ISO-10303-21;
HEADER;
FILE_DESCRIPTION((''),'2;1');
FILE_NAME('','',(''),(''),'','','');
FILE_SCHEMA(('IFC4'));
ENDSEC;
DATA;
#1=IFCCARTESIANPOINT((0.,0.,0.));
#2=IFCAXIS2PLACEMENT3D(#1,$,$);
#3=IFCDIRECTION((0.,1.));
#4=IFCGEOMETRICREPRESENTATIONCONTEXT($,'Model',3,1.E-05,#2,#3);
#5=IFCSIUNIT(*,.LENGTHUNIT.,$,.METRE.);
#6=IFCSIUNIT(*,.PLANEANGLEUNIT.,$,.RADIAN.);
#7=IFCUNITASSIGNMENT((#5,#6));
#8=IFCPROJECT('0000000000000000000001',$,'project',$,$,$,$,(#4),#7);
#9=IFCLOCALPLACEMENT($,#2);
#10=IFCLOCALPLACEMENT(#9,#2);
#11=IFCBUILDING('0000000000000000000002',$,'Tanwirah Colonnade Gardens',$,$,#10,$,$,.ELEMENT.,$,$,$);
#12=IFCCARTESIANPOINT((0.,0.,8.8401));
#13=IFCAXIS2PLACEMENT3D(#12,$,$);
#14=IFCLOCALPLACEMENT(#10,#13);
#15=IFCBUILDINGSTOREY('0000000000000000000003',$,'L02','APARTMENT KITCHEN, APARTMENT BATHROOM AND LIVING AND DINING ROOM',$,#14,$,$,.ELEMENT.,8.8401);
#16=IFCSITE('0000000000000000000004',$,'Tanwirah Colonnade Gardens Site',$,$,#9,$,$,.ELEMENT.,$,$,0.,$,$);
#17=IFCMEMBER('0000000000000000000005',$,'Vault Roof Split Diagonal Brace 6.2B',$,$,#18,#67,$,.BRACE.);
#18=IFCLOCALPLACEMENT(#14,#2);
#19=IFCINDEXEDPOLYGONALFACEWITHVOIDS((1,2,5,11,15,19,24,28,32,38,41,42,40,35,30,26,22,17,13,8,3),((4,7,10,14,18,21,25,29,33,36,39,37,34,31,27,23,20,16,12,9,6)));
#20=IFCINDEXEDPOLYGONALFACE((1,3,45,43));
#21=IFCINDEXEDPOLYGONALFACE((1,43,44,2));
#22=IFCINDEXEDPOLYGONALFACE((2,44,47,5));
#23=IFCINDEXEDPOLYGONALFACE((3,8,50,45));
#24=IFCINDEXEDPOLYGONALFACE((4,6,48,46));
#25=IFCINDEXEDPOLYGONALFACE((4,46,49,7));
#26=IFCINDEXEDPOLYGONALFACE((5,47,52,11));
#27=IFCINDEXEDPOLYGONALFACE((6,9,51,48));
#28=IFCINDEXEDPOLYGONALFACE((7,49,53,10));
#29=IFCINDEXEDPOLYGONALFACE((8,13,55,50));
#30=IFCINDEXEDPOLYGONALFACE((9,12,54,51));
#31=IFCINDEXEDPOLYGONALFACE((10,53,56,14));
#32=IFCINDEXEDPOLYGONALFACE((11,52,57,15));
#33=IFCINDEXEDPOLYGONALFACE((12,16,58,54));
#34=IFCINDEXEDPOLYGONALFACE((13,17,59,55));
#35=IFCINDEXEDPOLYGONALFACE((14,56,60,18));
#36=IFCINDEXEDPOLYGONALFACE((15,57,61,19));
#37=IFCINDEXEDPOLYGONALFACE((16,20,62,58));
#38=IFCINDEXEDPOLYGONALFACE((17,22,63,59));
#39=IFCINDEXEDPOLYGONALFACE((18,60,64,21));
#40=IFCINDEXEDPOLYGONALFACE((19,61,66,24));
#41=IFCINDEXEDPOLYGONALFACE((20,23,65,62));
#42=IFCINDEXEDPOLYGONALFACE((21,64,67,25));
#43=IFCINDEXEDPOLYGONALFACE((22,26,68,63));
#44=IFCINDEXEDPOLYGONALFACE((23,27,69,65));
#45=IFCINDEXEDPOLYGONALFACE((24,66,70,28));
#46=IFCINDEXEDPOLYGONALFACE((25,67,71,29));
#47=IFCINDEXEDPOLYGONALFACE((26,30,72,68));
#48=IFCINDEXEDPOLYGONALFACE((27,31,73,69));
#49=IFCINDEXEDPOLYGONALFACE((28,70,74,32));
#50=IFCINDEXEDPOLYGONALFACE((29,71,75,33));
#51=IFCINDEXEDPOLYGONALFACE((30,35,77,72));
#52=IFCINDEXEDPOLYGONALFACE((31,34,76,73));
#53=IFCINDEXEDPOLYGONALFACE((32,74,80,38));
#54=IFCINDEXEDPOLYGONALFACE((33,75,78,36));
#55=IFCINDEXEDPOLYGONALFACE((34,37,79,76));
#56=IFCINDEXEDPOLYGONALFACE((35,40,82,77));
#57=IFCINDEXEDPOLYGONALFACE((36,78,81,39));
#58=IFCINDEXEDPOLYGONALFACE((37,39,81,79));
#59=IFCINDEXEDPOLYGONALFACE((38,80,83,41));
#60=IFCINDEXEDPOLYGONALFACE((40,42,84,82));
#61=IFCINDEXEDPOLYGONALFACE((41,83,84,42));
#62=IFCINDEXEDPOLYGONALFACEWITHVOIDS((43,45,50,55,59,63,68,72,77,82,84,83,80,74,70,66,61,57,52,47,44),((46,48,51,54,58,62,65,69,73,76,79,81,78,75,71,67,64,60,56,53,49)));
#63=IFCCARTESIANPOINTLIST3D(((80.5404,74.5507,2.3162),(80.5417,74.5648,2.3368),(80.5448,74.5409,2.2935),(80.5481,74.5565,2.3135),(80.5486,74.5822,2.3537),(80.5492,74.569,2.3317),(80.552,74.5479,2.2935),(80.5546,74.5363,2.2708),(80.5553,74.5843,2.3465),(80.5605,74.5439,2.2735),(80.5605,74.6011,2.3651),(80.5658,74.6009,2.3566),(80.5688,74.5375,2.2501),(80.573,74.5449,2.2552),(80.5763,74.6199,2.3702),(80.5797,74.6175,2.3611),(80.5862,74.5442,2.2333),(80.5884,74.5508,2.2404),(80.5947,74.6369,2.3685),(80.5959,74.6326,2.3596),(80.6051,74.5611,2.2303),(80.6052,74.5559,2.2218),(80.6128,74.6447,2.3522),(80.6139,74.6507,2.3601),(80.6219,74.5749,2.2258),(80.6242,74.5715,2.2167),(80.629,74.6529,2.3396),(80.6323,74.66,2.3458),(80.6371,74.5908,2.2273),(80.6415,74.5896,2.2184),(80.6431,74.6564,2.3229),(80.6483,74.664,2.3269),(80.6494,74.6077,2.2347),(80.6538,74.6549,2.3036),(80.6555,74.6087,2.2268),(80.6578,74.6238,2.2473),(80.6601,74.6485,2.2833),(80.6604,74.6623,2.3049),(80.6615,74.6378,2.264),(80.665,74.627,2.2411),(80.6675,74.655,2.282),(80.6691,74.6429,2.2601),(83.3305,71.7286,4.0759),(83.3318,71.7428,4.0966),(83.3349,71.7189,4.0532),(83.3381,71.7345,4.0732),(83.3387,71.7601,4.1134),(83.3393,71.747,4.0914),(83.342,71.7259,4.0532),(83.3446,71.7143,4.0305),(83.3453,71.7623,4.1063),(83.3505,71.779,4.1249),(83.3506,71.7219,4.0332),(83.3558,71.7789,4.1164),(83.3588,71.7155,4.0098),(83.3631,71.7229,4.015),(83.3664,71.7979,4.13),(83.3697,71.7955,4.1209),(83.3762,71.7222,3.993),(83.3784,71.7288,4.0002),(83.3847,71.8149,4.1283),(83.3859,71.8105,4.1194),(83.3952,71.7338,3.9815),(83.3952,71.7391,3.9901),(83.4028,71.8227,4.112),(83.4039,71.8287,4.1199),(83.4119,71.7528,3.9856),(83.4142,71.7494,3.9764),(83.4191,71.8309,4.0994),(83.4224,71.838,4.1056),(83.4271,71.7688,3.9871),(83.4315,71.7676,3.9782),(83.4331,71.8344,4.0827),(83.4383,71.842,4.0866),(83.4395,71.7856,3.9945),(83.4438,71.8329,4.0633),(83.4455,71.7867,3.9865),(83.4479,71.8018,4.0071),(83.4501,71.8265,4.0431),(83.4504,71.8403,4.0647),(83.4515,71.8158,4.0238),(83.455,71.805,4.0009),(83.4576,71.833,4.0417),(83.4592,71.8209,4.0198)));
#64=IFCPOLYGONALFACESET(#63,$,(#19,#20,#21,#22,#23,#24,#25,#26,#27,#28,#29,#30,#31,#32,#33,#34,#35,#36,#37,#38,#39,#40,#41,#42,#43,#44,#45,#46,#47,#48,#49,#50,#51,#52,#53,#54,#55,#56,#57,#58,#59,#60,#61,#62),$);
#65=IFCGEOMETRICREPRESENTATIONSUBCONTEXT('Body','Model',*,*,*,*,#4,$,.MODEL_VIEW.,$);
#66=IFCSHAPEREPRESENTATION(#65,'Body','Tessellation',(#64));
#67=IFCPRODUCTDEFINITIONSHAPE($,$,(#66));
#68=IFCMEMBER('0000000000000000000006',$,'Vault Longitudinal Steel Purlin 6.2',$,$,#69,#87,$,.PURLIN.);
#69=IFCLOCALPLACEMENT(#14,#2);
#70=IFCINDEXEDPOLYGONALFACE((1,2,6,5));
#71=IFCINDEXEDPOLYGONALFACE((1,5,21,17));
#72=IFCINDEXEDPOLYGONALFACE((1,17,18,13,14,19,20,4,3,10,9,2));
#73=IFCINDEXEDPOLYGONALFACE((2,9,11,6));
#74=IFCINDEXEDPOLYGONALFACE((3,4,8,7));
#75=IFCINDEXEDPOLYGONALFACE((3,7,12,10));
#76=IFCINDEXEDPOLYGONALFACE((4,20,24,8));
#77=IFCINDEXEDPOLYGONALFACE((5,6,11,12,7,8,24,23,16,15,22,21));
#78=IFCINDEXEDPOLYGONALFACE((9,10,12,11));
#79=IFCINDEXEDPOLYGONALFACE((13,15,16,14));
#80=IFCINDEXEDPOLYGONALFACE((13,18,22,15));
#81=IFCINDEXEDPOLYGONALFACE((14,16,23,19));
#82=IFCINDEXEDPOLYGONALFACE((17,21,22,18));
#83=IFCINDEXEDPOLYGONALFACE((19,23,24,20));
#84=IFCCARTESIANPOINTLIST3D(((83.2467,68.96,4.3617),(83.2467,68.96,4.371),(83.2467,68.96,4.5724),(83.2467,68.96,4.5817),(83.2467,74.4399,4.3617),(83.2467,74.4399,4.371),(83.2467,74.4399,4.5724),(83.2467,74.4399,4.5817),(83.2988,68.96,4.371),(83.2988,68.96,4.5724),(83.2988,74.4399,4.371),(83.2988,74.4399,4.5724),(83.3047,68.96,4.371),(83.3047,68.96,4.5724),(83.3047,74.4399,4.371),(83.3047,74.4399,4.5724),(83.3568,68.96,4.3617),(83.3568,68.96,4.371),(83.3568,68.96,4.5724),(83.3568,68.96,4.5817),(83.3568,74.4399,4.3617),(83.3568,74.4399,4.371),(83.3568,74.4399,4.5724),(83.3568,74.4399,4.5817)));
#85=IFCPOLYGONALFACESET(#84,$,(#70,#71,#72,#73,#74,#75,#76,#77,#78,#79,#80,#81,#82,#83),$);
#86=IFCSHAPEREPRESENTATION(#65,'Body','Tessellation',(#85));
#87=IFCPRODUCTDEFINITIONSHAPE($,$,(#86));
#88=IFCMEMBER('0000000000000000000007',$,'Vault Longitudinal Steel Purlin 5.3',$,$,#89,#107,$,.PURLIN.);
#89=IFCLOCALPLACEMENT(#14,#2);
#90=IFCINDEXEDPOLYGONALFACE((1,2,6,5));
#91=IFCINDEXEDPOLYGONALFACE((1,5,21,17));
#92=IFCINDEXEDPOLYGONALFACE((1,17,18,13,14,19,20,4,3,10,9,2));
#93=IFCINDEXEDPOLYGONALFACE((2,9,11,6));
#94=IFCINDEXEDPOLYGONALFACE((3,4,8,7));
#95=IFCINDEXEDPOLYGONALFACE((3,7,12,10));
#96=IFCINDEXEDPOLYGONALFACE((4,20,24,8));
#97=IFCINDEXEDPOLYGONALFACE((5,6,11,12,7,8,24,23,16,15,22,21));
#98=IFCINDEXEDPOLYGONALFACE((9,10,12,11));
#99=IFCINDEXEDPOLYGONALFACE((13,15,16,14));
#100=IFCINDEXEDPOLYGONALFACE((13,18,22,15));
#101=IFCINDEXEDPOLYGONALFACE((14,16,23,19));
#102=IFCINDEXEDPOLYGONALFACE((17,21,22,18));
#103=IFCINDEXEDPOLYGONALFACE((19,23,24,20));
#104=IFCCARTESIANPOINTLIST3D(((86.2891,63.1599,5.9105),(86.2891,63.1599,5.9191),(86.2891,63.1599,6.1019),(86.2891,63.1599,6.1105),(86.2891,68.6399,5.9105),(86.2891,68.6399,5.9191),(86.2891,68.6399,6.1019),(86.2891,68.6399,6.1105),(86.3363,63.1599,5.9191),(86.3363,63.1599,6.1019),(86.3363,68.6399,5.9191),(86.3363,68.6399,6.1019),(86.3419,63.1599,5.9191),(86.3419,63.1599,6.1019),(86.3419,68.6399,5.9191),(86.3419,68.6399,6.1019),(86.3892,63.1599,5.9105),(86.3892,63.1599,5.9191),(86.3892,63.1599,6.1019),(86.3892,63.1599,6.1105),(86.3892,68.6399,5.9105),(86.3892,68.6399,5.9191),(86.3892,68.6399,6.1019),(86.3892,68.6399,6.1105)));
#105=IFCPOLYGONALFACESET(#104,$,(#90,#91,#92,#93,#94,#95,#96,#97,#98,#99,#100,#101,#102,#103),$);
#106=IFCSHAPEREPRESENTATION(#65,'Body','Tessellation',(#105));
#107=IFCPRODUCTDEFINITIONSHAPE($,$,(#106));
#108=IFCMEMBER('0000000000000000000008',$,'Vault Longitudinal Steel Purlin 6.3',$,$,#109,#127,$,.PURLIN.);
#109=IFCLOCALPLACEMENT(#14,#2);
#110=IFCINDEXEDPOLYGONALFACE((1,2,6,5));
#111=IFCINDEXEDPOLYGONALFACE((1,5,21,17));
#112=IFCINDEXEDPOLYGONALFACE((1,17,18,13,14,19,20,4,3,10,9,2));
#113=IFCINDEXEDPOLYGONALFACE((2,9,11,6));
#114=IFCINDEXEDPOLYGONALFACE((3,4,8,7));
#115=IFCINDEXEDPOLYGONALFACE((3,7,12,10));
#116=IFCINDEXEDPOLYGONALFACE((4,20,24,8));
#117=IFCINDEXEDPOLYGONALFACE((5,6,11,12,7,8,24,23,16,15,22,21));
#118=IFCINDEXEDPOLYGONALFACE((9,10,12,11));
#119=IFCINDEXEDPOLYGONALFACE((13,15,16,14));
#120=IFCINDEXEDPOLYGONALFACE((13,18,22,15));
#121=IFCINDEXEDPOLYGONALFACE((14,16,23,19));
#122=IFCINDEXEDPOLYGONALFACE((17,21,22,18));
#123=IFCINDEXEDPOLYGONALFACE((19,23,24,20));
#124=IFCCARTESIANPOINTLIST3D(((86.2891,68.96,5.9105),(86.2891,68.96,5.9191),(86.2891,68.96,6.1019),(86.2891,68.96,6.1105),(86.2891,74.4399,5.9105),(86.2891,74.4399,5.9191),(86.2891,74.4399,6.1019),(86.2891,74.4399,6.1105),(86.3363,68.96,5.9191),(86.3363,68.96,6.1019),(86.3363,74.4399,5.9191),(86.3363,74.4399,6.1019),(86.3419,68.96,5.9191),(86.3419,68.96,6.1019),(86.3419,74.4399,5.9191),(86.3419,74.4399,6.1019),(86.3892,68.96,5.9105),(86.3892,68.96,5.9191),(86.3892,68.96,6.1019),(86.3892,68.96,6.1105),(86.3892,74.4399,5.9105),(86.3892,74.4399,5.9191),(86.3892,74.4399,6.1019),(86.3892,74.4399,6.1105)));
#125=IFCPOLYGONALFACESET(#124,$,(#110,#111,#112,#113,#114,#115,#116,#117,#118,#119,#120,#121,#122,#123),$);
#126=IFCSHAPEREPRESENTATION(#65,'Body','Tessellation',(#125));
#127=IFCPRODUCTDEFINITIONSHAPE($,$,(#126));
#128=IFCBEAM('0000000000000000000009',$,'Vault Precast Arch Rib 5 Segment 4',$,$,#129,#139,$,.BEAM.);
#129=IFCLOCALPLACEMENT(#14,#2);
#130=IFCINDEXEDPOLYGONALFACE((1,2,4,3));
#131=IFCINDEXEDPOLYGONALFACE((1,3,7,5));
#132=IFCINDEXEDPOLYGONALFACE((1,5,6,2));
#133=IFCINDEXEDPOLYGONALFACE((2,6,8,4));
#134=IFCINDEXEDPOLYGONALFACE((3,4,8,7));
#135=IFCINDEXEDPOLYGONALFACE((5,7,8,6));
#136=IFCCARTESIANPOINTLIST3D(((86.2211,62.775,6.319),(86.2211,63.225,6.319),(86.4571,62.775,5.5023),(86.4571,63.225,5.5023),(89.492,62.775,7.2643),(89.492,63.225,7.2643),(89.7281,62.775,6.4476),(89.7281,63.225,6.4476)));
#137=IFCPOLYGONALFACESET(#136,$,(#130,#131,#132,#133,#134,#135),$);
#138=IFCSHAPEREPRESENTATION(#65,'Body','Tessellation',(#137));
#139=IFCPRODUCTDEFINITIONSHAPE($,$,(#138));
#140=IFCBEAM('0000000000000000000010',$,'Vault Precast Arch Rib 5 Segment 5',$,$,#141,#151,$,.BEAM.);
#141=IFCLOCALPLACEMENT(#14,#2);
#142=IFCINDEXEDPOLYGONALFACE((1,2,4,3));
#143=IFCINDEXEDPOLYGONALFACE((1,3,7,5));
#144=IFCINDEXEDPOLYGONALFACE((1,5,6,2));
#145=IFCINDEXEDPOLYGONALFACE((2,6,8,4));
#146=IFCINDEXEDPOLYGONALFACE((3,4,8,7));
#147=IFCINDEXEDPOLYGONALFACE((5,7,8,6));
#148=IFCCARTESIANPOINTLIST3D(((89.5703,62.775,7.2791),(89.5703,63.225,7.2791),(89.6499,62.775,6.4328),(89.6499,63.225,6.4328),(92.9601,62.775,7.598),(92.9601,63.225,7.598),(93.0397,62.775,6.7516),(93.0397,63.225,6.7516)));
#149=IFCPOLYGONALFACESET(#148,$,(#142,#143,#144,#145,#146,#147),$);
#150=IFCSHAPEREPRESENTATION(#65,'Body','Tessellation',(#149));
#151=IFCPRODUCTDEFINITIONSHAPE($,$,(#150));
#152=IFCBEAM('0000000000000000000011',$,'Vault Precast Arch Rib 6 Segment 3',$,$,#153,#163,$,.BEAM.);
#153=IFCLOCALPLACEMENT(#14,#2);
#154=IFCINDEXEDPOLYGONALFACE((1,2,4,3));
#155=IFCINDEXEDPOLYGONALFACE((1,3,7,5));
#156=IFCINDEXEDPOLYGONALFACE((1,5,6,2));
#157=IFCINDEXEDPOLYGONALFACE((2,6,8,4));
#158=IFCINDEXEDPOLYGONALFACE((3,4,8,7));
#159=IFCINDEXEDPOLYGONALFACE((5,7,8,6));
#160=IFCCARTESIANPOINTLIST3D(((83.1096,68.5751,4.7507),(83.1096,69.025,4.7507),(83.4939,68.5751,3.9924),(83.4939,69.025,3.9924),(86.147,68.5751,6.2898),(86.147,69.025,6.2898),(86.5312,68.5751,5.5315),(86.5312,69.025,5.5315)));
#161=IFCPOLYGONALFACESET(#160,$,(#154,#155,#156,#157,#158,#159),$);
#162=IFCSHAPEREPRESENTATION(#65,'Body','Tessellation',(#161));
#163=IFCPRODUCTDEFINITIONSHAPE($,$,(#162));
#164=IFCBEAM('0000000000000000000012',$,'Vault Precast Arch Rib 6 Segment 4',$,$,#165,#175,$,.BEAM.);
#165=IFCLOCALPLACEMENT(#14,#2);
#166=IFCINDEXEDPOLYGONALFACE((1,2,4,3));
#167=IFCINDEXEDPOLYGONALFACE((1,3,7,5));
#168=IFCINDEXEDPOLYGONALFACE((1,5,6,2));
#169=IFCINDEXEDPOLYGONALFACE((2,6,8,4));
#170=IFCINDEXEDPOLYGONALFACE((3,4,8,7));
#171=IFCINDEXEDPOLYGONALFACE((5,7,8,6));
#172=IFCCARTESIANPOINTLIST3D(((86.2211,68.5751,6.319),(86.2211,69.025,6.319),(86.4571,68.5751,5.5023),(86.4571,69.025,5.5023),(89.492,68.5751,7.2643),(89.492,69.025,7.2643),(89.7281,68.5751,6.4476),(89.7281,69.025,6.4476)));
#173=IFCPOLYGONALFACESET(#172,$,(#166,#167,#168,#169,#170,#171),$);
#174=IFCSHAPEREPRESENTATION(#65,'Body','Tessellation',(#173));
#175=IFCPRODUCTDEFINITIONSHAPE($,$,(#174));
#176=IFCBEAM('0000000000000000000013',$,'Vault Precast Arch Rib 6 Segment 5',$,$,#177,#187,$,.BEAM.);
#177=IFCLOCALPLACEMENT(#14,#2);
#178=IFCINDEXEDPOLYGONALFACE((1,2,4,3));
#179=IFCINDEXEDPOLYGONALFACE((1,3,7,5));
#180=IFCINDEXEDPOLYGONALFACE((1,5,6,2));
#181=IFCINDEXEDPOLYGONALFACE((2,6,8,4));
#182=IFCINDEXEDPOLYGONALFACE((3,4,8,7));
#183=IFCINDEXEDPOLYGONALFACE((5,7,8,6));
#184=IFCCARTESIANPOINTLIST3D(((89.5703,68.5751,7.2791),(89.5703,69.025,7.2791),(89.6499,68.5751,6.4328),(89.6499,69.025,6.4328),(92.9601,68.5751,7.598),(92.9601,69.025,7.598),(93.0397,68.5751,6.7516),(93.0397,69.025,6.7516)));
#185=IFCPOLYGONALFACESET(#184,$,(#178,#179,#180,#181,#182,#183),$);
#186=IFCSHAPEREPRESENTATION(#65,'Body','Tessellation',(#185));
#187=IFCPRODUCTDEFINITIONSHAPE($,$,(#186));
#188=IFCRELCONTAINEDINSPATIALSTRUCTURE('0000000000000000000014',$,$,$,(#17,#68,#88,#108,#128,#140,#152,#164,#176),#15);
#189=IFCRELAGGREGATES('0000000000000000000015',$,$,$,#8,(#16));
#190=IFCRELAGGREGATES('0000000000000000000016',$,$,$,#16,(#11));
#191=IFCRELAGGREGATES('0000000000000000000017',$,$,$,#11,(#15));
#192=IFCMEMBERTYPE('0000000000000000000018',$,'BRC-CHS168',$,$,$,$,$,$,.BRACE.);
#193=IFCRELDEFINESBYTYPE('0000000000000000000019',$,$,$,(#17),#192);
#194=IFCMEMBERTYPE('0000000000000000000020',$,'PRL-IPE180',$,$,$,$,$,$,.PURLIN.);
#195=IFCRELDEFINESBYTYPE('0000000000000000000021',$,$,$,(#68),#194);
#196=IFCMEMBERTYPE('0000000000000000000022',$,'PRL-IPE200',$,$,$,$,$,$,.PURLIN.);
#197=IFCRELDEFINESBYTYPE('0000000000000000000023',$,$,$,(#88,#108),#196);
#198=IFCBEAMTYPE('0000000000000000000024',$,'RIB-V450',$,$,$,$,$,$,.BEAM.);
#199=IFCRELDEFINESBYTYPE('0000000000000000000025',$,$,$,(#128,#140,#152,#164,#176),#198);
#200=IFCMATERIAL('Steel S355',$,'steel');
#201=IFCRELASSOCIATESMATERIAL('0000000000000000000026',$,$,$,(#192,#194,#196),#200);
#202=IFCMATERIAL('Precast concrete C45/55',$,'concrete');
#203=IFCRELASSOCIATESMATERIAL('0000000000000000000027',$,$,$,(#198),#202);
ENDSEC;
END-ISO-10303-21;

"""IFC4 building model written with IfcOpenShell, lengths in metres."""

from ifc_helpers import new_model, si_unit, direction, frame, origin, origin_2d, place, context, subcontext, project, spatial, rectangle, hollow_circle, i_section, extrude, material, material_profile, profile_set, type_object, element, save


model = new_model("IFC4")

# Units and contexts
model_context = context("Model", 3, precision=1e-05, world=origin(), true_north=direction((0.0, 1.0)))
body_context = subcontext(model_context, "Body", "Model", "MODEL_VIEW")
ifc_project = project(units=[si_unit("LENGTHUNIT", "METRE"), si_unit("PLANEANGLEUNIT", "RADIAN")], contexts=[model_context])

# Site, building, storey
site_placement = place(None, origin())
site = spatial("IfcSite", under=ifc_project, at=site_placement, Name="Tanwirah Colonnade Gardens Site", CompositionType="ELEMENT", RefElevation=0.0)
building_placement = place(site_placement, origin())
building = spatial("IfcBuilding", under=site, at=building_placement, Name="Tanwirah Colonnade Gardens", CompositionType="ELEMENT")
storey_placement = place(building_placement, frame((0.0, 0.0, 8.8401)))
storey = spatial("IfcBuildingStorey", under=building, at=storey_placement, Name="L02", Description="APARTMENT KITCHEN, APARTMENT BATHROOM AND LIVING AND DINING ROOM", CompositionType="ELEMENT", Elevation=8.8401)

# Members
ifc_material_1 = material(Name="Steel S355", Category="steel")
ifc_material_profile_1 = material_profile(ifc_material_1, hollow_circle(Radius=0.0842, WallThickness=0.01, at=origin_2d()), Name="CHS 168.3x10")
ifc_profile_set_1 = profile_set([ifc_material_profile_1], Name="Steel S355")
member_type_1 = type_object("IfcMemberType", Name="BRC-CHS168", PredefinedType="BRACE", material=ifc_profile_set_1)
for number, where, z_axis, x_axis, name in (
    (1, (83.3948, 71.7781, 4.0532), (-0.642708, 0.650075, -0.405376), (-0.711125, -0.703066, 0.0), "Vault Roof Split Diagonal Brace 6.2B"),
):
    element("IfcMember", number, at=place(storey_placement, frame(where, z_axis=z_axis, x_axis=x_axis)), inside=storey, type_object=member_type_1, Name=name, PredefinedType="BRACE", context=body_context, shape_type="SweptSolid", body=[
        extrude(hollow_circle(Radius=0.0842, WallThickness=0.01, at=origin_2d()), origin(), (0.0, 0.0, 1.0), 4.3411),
    ])
ifc_material_profile_2 = material_profile(ifc_material_1, i_section(OverallWidth=0.1101, OverallDepth=0.22, WebThickness=0.0059, FlangeThickness=0.0093, at=origin_2d()), Name="IPE 220")
ifc_profile_set_2 = profile_set([ifc_material_profile_2], Name="Steel S355")
member_type_2 = type_object("IfcMemberType", Name="PRL-IPE180", PredefinedType="PURLIN", material=ifc_profile_set_2)
member_1_placement = place(storey_placement, frame((83.3018, 68.96, 4.4717), z_axis=(0.0, 1.0, 0.0), x_axis=(-1.0, 0.0, 0.0)))
element("IfcMember", 2, at=member_1_placement, inside=storey, type_object=member_type_2, Name="Vault Longitudinal Steel Purlin 6.2", PredefinedType="PURLIN", context=body_context, shape_type="SweptSolid", body=[
    extrude(i_section(OverallWidth=0.1101, OverallDepth=0.22, WebThickness=0.0059, FlangeThickness=0.0093, at=origin_2d()), origin(), (0.0, 0.0, 1.0), 5.48),
])
ifc_material_profile_3 = material_profile(ifc_material_1, i_section(OverallWidth=0.1001, OverallDepth=0.2, WebThickness=0.0056, FlangeThickness=0.0085, at=origin_2d()), Name="IPE 200")
ifc_profile_set_3 = profile_set([ifc_material_profile_3], Name="Steel S355")
member_type_3 = type_object("IfcMemberType", Name="PRL-IPE200", PredefinedType="PURLIN", material=ifc_profile_set_3)
for number, where, z_axis, x_axis, name in (
    (3, (86.3391, 63.1599, 6.0105), (0.0, 1.0, 0.0), (-1.0, 0.0, 0.0), "Vault Longitudinal Steel Purlin 5.3"),
    (4, (86.3391, 68.96, 6.0105), (0.0, 1.0, 0.0), (-1.0, 0.0, 0.0), "Vault Longitudinal Steel Purlin 6.3"),
):
    element("IfcMember", number, at=place(storey_placement, frame(where, z_axis=z_axis, x_axis=x_axis)), inside=storey, type_object=member_type_3, Name=name, PredefinedType="PURLIN", context=body_context, shape_type="SweptSolid", body=[
        extrude(i_section(OverallWidth=0.1001, OverallDepth=0.2, WebThickness=0.0056, FlangeThickness=0.0085, at=origin_2d()), origin(), (0.0, 0.0, 1.0), 5.48),
    ])

# Beams
ifc_material_2 = material(Name="Precast concrete C45/55", Category="concrete")
ifc_material_profile_4 = material_profile(ifc_material_2, rectangle(XDim=0.45, YDim=0.8501, at=origin_2d()), Name="PC-RIB 450x850")
ifc_profile_set_4 = profile_set([ifc_material_profile_4], Name="Precast concrete C45/55")
beam_type = type_object("IfcBeamType", Name="RIB-V450", PredefinedType="BEAM", material=ifc_profile_set_4)
for number, where, z_axis, x_axis, name in (
    (5, (86.3391, 63.0, 5.9106), (0.960686, 0.0, 0.277637), (0.0, 1.0, 0.0), "Vault Precast Arch Rib 5 Segment 4"),
    (6, (89.6101, 63.0, 6.856), (0.995606, 0.0, 0.093645), (0.0, 1.0, 0.0), "Vault Precast Arch Rib 5 Segment 5"),
):
    element("IfcBeam", number, at=place(storey_placement, frame(where, z_axis=z_axis, x_axis=x_axis)), inside=storey, type_object=beam_type, Name=name, PredefinedType="BEAM", context=body_context, shape_type="SweptSolid", body=[
        extrude(rectangle(XDim=0.45, YDim=0.8501, at=origin_2d()), origin(), (0.0, 0.0, 1.0), 3.4048),
    ])
beam_placement = place(storey_placement, frame((83.3018, 68.8, 4.3716), z_axis=(0.89202, 0.0, 0.451997), x_axis=(0.0, 1.0, 0.0)))
element("IfcBeam", 7, at=beam_placement, inside=storey, type_object=beam_type, Name="Vault Precast Arch Rib 6 Segment 3", PredefinedType="BEAM", context=body_context, shape_type="SweptSolid", body=[
    extrude(rectangle(XDim=0.45, YDim=0.8501, at=origin_2d()), origin(), (0.0, 0.0, 1.0), 3.405),
])
for number, where, z_axis, x_axis, name in (
    (8, (86.3391, 68.8, 5.9106), (0.960686, 0.0, 0.277637), (0.0, 1.0, 0.0), "Vault Precast Arch Rib 6 Segment 4"),
    (9, (89.6101, 68.8, 6.856), (0.995606, 0.0, 0.093645), (0.0, 1.0, 0.0), "Vault Precast Arch Rib 6 Segment 5"),
):
    element("IfcBeam", number, at=place(storey_placement, frame(where, z_axis=z_axis, x_axis=x_axis)), inside=storey, type_object=beam_type, Name=name, PredefinedType="BEAM", context=body_context, shape_type="SweptSolid", body=[
        extrude(rectangle(XDim=0.45, YDim=0.8501, at=origin_2d()), origin(), (0.0, 0.0, 1.0), 3.4048),
    ])

save(model, "model.ifc")
